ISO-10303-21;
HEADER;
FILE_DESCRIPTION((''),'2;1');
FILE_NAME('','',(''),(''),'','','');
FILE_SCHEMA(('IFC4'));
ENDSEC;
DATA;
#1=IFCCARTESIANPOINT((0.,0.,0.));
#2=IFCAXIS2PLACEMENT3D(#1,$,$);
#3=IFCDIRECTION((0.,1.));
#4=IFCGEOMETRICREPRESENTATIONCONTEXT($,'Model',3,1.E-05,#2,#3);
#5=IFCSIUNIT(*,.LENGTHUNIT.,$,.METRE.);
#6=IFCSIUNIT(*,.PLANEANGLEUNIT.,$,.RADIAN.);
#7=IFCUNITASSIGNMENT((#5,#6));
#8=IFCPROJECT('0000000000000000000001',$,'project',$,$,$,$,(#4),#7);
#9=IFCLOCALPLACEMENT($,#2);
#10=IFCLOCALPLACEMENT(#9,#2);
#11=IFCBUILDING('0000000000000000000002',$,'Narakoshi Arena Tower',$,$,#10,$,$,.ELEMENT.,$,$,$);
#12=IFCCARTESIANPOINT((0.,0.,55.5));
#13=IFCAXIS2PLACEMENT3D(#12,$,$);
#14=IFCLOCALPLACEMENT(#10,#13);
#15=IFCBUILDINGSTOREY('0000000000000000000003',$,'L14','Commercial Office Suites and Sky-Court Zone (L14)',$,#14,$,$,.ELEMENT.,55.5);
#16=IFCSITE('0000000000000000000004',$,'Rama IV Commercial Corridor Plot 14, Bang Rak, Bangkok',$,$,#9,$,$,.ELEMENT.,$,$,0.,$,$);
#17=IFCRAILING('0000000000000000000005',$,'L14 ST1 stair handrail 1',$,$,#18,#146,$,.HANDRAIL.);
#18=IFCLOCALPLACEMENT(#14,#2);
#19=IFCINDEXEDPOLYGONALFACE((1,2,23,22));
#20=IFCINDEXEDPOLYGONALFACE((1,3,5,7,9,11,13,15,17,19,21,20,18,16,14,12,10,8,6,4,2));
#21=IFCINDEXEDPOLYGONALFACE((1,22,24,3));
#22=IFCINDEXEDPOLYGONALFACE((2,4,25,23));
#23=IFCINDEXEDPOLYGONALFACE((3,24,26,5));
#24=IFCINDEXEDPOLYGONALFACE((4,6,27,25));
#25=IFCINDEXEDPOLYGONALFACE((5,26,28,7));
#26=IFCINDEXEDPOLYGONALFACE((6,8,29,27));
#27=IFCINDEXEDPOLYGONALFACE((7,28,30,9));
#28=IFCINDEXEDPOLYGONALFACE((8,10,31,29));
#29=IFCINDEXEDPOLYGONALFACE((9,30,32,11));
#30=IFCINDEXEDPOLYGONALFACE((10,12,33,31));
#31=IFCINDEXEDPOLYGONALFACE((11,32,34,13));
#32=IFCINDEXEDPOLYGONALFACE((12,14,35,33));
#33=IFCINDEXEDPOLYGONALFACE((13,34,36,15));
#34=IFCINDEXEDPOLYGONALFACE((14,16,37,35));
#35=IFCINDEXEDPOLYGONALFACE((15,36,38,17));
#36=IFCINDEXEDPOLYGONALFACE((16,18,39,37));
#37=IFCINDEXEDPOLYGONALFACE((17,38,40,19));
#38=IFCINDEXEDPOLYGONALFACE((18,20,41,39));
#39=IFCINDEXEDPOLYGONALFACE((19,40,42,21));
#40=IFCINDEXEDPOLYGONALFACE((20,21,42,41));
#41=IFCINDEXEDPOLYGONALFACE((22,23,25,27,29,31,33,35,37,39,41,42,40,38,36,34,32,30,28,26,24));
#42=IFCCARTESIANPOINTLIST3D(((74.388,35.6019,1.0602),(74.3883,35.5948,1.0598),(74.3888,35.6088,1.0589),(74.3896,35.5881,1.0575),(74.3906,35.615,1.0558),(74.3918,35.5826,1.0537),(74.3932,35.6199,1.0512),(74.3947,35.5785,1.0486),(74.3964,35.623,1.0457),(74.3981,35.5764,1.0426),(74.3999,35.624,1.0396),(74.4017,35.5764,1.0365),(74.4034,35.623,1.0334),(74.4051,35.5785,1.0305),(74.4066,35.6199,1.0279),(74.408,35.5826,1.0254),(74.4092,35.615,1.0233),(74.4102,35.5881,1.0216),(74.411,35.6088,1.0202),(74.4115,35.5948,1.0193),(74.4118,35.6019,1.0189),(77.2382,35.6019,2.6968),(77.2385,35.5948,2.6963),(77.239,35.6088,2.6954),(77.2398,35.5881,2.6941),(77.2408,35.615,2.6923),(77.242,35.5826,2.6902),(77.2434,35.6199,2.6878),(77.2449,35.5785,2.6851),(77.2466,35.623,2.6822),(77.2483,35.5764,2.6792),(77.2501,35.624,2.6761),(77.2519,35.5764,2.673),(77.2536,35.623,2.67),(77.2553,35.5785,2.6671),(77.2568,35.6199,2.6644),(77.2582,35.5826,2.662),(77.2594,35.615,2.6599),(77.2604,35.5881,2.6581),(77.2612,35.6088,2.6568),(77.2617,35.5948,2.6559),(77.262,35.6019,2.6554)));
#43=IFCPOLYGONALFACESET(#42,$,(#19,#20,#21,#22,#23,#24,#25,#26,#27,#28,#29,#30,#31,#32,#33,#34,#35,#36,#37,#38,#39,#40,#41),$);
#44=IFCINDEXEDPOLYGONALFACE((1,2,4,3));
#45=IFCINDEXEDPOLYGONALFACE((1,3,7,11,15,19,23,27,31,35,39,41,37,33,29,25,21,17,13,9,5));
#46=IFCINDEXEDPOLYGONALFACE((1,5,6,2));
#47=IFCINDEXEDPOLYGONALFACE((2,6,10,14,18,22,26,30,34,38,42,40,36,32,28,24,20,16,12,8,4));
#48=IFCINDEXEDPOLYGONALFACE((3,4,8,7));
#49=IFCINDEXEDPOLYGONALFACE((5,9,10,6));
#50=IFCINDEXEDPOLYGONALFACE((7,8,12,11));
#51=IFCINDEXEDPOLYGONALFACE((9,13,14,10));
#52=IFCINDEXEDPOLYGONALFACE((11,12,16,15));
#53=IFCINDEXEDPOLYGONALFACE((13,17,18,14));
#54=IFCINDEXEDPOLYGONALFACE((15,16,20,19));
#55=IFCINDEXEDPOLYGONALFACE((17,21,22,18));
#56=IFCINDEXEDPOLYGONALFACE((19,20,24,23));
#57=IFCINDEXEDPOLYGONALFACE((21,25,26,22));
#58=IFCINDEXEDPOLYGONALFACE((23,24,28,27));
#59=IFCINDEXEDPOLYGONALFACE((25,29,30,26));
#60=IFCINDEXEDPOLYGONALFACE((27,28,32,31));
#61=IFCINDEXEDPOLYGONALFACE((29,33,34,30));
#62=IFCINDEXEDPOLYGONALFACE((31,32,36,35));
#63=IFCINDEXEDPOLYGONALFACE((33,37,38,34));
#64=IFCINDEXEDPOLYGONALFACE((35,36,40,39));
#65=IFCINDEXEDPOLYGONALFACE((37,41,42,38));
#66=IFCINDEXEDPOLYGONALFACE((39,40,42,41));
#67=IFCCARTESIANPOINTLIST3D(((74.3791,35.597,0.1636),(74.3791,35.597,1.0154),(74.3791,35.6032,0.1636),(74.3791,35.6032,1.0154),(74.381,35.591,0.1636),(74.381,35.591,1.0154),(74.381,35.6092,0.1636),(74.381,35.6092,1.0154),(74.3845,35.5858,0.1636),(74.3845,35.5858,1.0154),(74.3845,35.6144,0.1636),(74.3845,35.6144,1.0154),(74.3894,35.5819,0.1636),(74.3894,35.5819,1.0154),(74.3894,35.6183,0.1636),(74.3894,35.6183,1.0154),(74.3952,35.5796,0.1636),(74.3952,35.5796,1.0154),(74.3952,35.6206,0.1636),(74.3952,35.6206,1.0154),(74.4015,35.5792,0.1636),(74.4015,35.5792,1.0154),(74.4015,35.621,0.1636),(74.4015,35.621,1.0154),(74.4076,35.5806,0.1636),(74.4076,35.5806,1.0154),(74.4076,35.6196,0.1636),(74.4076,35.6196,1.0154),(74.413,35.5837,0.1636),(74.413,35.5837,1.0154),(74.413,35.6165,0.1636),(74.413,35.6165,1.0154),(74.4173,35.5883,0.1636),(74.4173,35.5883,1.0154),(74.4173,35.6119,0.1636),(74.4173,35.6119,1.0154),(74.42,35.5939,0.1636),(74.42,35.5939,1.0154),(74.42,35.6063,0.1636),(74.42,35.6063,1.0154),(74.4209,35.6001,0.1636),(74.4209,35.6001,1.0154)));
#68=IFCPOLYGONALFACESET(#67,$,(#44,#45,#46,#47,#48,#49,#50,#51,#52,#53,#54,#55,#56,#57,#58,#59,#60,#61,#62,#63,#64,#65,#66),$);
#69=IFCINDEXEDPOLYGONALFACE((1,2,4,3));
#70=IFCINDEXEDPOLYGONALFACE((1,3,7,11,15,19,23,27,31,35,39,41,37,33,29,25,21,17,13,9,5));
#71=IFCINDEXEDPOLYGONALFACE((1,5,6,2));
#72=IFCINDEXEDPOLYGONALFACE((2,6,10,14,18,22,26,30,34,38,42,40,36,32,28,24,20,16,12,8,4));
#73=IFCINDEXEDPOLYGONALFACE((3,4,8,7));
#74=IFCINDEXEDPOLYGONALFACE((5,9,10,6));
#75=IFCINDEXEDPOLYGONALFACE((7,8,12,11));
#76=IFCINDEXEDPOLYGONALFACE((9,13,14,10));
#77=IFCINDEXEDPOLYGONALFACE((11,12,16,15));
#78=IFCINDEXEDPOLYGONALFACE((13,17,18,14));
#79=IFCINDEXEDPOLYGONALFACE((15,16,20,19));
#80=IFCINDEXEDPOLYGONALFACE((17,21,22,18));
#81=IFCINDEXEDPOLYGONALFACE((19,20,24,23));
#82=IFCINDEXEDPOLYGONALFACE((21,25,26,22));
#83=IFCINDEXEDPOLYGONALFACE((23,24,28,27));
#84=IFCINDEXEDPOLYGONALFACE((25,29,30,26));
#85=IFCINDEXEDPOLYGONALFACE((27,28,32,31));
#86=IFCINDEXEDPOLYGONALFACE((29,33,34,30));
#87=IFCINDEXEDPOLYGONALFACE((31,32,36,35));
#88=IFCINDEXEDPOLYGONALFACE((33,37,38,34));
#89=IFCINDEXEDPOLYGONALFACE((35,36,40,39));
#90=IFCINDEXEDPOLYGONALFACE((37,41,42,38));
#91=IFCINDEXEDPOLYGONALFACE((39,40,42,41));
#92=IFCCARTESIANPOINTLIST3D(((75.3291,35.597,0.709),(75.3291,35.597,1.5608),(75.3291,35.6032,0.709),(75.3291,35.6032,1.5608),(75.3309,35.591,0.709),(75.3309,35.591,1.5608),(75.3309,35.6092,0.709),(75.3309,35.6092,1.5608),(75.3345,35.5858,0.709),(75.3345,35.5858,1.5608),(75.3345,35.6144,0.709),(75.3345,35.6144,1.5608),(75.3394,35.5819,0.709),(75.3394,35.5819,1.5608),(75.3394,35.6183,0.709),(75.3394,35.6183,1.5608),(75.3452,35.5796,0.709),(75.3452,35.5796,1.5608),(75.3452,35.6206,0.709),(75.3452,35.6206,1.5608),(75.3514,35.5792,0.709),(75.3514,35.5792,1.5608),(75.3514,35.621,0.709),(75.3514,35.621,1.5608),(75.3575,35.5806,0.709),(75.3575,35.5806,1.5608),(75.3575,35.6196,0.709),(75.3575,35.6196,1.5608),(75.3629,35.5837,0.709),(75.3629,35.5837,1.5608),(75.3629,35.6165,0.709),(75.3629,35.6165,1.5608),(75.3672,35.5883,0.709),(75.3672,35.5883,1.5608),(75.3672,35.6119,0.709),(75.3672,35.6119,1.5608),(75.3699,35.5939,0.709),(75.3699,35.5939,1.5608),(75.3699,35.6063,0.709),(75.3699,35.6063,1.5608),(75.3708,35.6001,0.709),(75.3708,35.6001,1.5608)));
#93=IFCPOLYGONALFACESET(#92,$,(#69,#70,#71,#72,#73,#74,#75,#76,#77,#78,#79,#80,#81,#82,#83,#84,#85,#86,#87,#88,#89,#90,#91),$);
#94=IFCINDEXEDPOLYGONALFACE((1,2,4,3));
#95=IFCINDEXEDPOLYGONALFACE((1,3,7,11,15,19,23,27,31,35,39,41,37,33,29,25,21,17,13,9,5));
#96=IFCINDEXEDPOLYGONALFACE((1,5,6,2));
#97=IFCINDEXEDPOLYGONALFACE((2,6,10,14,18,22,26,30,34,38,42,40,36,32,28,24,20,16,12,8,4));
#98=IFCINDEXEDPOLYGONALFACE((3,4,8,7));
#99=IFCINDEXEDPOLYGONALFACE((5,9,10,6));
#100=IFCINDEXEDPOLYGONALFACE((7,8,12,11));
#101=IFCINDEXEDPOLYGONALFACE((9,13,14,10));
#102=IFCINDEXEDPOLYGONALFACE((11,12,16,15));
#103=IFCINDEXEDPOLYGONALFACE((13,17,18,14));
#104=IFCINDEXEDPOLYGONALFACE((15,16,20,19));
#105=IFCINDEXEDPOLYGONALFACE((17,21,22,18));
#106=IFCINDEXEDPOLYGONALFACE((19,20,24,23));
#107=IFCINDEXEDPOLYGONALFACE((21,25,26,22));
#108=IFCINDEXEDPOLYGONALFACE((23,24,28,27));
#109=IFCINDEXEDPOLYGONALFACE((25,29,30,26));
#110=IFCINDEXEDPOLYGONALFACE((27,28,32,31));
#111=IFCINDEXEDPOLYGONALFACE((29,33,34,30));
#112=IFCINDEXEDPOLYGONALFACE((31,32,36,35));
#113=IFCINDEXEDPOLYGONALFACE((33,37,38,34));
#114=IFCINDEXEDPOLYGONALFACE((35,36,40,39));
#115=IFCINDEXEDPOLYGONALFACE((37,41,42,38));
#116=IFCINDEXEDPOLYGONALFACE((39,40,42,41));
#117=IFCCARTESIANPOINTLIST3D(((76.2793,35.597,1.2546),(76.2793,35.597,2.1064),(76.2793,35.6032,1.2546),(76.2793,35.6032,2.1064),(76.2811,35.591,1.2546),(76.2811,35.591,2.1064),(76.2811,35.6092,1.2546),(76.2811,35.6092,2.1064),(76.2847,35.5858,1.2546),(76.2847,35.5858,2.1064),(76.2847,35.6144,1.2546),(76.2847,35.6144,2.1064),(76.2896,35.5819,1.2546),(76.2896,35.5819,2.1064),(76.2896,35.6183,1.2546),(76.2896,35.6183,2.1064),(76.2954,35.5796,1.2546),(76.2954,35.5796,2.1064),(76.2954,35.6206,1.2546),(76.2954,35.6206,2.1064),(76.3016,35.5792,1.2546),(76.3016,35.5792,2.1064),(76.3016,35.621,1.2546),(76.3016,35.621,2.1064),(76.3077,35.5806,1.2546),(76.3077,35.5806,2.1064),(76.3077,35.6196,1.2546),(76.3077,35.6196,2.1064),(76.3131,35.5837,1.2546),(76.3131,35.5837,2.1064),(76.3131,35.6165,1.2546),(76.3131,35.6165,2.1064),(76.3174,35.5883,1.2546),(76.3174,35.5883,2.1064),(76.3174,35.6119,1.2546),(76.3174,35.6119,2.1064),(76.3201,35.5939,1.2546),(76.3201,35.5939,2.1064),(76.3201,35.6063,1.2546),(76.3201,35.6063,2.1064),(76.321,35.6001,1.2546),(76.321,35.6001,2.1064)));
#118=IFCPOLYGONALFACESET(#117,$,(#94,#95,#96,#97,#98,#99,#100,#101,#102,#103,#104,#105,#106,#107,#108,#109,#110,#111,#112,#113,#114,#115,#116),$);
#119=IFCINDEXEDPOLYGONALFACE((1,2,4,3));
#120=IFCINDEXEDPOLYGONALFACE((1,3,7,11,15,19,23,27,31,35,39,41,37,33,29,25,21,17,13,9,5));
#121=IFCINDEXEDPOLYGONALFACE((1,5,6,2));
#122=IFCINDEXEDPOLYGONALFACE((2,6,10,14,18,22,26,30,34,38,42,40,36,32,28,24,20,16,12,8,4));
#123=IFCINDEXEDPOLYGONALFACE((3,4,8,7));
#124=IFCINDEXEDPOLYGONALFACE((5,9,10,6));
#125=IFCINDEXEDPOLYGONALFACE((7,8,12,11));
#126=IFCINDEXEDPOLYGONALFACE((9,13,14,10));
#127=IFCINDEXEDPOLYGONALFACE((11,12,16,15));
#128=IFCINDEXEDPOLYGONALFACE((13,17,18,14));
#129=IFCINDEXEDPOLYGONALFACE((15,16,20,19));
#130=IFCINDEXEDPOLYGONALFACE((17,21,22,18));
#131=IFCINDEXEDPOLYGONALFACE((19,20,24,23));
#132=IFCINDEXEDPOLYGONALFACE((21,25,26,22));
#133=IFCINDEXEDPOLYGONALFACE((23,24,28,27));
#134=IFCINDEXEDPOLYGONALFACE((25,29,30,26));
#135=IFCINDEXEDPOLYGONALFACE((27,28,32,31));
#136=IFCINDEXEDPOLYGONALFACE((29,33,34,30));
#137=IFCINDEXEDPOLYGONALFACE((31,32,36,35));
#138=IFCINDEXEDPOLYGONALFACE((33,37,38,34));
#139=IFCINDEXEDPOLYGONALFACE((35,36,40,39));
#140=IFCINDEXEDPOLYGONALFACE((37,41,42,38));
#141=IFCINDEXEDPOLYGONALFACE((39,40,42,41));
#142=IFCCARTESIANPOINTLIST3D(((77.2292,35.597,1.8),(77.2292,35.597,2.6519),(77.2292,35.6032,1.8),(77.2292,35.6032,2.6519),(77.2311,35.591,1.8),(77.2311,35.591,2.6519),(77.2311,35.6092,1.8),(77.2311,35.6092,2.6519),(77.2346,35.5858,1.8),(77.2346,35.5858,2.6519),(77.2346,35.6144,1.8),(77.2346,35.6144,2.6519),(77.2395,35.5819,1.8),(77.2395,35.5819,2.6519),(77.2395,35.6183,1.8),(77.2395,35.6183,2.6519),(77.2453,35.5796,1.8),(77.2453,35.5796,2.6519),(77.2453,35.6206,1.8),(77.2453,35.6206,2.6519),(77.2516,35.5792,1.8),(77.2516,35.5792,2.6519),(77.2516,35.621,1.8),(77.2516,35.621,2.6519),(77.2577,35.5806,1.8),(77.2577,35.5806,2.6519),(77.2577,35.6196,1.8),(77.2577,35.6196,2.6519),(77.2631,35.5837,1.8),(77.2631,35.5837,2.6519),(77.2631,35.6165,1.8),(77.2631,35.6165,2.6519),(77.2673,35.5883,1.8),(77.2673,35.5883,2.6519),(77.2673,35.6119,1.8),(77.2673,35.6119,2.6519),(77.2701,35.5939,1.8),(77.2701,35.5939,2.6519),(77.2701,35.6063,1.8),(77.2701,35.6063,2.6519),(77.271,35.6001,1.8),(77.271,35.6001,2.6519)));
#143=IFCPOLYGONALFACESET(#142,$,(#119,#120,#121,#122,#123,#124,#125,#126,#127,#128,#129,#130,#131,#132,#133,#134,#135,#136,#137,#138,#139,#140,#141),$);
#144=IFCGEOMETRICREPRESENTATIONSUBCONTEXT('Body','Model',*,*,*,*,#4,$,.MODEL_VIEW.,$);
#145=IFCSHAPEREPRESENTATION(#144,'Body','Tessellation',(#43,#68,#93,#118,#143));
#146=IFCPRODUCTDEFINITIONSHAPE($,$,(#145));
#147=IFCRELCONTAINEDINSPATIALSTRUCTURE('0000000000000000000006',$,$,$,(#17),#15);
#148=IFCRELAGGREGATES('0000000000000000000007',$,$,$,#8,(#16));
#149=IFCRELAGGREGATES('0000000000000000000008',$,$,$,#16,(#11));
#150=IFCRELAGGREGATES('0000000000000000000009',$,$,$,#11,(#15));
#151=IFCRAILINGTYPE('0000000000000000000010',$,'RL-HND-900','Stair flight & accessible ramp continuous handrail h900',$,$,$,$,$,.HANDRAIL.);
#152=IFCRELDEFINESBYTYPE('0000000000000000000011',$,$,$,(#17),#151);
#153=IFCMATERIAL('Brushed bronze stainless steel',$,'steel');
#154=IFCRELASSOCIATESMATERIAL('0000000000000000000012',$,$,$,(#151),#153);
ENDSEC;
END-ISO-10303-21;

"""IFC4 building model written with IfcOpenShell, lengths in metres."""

from ifc_helpers import new_model, si_unit, direction, frame, origin, origin_2d, place, context, subcontext, project, spatial, circle, extrude, material, type_object, element, save


model = new_model("IFC4")

# Units and contexts
model_context = context("Model", 3, precision=1e-05, world=origin(), true_north=direction((0.0, 1.0)))
body_context = subcontext(model_context, "Body", "Model", "MODEL_VIEW")
ifc_project = project(units=[si_unit("LENGTHUNIT", "METRE"), si_unit("PLANEANGLEUNIT", "RADIAN")], contexts=[model_context])

# Site, building, storey
site_placement = place(None, origin())
site = spatial("IfcSite", under=ifc_project, at=site_placement, Name="Rama IV Commercial Corridor Plot 14, Bang Rak, Bangkok", CompositionType="ELEMENT", RefElevation=0.0)
building_placement = place(site_placement, origin())
building = spatial("IfcBuilding", under=site, at=building_placement, Name="Narakoshi Arena Tower", CompositionType="ELEMENT")
storey_placement = place(building_placement, frame((0.0, 0.0, 55.5)))
storey = spatial("IfcBuildingStorey", under=building, at=storey_placement, Name="L14", Description="Commercial Office Suites and Sky-Court Zone (L14)", CompositionType="ELEMENT", Elevation=55.5)

# Railing
ifc_material_1 = material(Name="Brushed bronze stainless steel", Category="steel")
railing_type_1 = type_object("IfcRailingType", Name="RL-HND-900", Description="Stair flight & accessible ramp continuous handrail h900", PredefinedType="HANDRAIL", material=ifc_material_1)
railing_placement = place(storey_placement, frame((74.3999, 35.6001, 0.1636)))
element("IfcRailing", 1, at=railing_placement, inside=storey, type_object=railing_type_1, Name="L14 ST1 stair handrail 1", PredefinedType="HANDRAIL", context=body_context, shape_type="SweptSolid", body=[
    extrude(circle(Radius=0.0239, at=origin_2d()), frame((0.0, 0.0, 0.876), z_axis=(0.867213, 0.0, 0.497938), x_axis=(0.0, 1.0, 0.0)), (0.0, 0.0, 1.0), 3.2866),
    extrude(circle(Radius=0.021, at=origin_2d()), origin(), (0.0, 0.0, 1.0), 0.8518),
    extrude(circle(Radius=0.021, at=origin_2d()), frame((0.95, 0.0, 0.5454)), (0.0, 0.0, 1.0), 0.8518),
    extrude(circle(Radius=0.021, at=origin_2d()), frame((1.9001, 0.0, 1.0911)), (0.0, 0.0, 1.0), 0.8518),
    extrude(circle(Radius=0.021, at=origin_2d()), frame((2.8501, 0.0, 1.6365)), (0.0, 0.0, 1.0), 0.8518),
])

save(model, "model.ifc")
